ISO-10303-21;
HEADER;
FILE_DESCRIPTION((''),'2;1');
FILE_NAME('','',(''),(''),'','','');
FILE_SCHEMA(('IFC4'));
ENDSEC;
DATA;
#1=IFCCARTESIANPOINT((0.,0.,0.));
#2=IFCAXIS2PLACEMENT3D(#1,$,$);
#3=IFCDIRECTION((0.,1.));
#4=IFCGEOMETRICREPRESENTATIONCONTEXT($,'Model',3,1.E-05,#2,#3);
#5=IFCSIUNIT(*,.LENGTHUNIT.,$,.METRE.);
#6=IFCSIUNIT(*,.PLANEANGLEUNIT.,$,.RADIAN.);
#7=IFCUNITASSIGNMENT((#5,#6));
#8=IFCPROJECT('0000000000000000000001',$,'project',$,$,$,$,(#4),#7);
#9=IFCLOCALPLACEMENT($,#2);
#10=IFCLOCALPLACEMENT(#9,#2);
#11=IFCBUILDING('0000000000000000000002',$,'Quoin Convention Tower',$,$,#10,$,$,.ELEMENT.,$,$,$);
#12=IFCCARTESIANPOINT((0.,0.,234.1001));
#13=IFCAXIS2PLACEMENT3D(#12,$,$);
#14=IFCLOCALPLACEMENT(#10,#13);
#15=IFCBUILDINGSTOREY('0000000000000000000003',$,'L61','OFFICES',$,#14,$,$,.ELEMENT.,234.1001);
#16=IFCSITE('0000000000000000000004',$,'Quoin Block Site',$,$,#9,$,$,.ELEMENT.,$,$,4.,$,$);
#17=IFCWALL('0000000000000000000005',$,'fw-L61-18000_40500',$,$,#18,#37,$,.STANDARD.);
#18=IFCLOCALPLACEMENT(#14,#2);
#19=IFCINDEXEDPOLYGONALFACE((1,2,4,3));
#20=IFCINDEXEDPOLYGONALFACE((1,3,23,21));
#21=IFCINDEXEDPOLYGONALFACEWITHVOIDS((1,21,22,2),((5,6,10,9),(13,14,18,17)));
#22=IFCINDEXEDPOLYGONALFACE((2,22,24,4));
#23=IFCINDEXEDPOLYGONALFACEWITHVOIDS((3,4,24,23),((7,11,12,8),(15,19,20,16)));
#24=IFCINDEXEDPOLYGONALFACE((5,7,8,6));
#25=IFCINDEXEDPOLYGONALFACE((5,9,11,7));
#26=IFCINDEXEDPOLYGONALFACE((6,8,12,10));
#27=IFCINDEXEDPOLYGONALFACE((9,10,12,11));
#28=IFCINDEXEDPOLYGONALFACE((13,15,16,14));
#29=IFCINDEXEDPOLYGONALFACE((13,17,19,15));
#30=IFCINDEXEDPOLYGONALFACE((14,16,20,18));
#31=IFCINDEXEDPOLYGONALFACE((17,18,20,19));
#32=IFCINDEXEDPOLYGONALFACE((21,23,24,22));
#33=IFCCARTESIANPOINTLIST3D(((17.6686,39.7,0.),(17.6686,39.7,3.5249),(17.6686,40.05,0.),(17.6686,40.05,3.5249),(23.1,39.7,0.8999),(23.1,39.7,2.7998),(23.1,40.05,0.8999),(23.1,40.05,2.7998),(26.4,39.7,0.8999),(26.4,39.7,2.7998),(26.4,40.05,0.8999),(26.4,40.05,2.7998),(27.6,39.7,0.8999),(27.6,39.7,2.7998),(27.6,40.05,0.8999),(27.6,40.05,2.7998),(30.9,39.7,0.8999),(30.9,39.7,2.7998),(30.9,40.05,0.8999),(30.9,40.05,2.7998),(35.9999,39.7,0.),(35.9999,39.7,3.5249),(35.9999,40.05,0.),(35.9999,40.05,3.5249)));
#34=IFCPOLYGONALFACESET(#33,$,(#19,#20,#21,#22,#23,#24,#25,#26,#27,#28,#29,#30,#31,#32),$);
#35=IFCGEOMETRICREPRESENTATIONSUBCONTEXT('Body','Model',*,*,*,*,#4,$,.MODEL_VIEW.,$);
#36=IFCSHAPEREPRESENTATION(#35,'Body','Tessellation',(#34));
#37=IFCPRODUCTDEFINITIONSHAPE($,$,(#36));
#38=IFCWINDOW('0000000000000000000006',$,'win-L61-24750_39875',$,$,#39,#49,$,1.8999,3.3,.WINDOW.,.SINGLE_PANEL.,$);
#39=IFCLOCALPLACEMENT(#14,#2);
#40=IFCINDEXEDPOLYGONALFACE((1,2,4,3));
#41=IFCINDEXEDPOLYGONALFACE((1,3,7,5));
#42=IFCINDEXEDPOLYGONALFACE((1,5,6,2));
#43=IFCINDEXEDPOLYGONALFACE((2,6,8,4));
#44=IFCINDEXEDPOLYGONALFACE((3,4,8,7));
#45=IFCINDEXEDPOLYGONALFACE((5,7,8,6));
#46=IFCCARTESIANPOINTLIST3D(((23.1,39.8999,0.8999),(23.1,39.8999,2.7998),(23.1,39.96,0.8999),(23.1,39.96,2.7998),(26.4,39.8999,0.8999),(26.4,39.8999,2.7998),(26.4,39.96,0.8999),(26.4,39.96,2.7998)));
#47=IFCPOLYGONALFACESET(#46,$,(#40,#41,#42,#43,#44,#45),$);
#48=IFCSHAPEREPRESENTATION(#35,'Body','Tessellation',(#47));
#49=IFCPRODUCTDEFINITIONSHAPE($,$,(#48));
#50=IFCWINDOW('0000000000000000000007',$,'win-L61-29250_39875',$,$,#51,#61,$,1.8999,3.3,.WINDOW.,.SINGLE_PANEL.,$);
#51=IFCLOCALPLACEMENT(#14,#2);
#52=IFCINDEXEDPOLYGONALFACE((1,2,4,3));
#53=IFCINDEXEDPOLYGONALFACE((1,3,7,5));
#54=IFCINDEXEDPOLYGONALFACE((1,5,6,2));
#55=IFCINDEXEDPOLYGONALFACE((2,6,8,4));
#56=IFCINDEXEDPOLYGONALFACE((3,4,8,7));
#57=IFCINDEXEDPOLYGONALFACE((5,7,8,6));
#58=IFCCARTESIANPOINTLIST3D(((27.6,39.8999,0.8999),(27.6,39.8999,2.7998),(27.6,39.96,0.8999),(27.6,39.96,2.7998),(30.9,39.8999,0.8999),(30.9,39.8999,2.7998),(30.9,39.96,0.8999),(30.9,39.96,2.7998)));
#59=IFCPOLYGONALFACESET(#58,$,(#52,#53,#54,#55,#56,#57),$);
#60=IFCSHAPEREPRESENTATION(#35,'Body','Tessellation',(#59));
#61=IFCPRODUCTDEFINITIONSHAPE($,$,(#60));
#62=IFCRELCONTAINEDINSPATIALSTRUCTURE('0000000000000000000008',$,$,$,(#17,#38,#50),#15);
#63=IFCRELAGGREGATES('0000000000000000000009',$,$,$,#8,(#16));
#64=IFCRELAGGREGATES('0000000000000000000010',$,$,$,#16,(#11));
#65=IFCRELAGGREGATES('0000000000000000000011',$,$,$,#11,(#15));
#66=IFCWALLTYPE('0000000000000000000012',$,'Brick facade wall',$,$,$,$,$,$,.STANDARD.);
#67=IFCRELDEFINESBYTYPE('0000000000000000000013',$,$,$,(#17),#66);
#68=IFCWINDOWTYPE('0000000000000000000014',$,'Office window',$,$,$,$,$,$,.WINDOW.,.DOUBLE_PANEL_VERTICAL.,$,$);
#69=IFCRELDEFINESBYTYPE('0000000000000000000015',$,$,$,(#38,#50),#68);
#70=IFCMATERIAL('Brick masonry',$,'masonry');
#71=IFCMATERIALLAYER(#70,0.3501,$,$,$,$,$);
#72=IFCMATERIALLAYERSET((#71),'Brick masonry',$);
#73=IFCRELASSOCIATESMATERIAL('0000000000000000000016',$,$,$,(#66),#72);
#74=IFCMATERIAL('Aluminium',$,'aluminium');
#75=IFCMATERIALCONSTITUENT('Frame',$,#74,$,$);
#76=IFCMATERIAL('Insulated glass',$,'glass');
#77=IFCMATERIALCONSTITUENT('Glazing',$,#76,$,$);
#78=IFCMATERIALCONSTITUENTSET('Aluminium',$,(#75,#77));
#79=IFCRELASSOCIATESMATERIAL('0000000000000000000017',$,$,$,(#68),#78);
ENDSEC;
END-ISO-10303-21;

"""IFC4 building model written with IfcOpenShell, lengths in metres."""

from ifc_helpers import new_model, si_unit, direction, frame, frame_2d, origin, place, context, subcontext, project, spatial, rectangle, extrude, material, layer, layer_set, constituent, constituent_set, type_object, element, fill, save


model = new_model("IFC4")

# Units and contexts
model_context = context("Model", 3, precision=1e-05, world=origin(), true_north=direction((0.0, 1.0)))
body_context = subcontext(model_context, "Body", "Model", "MODEL_VIEW")
ifc_project = project(units=[si_unit("LENGTHUNIT", "METRE"), si_unit("PLANEANGLEUNIT", "RADIAN")], contexts=[model_context])

# Site, building, storey
site_placement = place(None, origin())
site = spatial("IfcSite", under=ifc_project, at=site_placement, Name="Quoin Block Site", CompositionType="ELEMENT", RefElevation=4.0)
building_placement = place(site_placement, origin())
building = spatial("IfcBuilding", under=site, at=building_placement, Name="Quoin Convention Tower", CompositionType="ELEMENT")
storey_placement = place(building_placement, frame((0.0, 0.0, 234.1001)))
storey = spatial("IfcBuildingStorey", under=building, at=storey_placement, Name="L61", Description="OFFICES", CompositionType="ELEMENT", Elevation=234.1001)

# Wall, openings, windows
ifc_material_1 = material(Name="Brick masonry", Category="masonry")
ifc_layer_1 = layer(ifc_material_1, 0.3501)
ifc_layer_set_1 = layer_set([ifc_layer_1], Name="Brick masonry")
wall_type = type_object("IfcWallType", Name="Brick facade wall", PredefinedType="STANDARD", material=ifc_layer_set_1)
ifc_material_2 = material(Name="Aluminium", Category="aluminium")
ifc_constituent_1 = constituent(ifc_material_2, Name="Frame")
ifc_material_3 = material(Name="Insulated glass", Category="glass")
ifc_constituent_2 = constituent(ifc_material_3, Name="Glazing")
ifc_constituent_set = constituent_set(constituents=[ifc_constituent_1, ifc_constituent_2], Name="Aluminium")
window_type = type_object("IfcWindowType", Name="Office window", PartitioningType="DOUBLE_PANEL_VERTICAL", PredefinedType="WINDOW", material=ifc_constituent_set)
wall_1_placement = place(storey_placement, frame((17.6687, 39.875, 0.0), z_axis=(0.0, 0.0, 1.0), x_axis=(1.0, 0.0, 0.0)))
wall_1 = element("IfcWall", 1, at=wall_1_placement, inside=storey, type_object=wall_type, Name="fw-L61-18000_40500", PredefinedType="STANDARD", context=body_context, shape_type="SweptSolid", body=[
    extrude(rectangle(XDim=18.3313, YDim=0.3501, at=frame_2d((9.1655, 0.0))), origin(), (0.0, 0.0, 1.0), 3.5249),
])
opening_1_placement = place(wall_1_placement, frame((5.4314, 0.0, 0.8999)))
opening_1 = element("IfcOpeningElement", 2, at=opening_1_placement, cuts=wall_1, PredefinedType="OPENING", context=body_context, shape_type="SweptSolid", body=[
    extrude(rectangle(XDim=3.3, YDim=1.8999, at=frame_2d((1.6499, 0.95))), frame((0.0, 0.1851, 0.0), z_axis=(0.0, -1.0, 0.0), x_axis=(1.0, 0.0, 0.0)), (0.0, 0.0, 1.0), 0.3701),
])
opening_2_placement = place(wall_1_placement, frame((9.9314, 0.0, 0.8999)))
opening_2 = element("IfcOpeningElement", 3, at=opening_2_placement, cuts=wall_1, PredefinedType="OPENING", context=body_context, shape_type="SweptSolid", body=[
    extrude(rectangle(XDim=3.3, YDim=1.8999, at=frame_2d((1.6499, 0.95))), frame((0.0, 0.1851, 0.0), z_axis=(0.0, -1.0, 0.0), x_axis=(1.0, 0.0, 0.0)), (0.0, 0.0, 1.0), 0.3701),
])
window_1_placement = place(opening_1_placement, origin())
window_1 = element("IfcWindow", 4, at=window_1_placement, inside=storey, type_object=window_type, Name="win-L61-24750_39875", OverallHeight=1.8999, OverallWidth=3.3, PartitioningType="SINGLE_PANEL", PredefinedType="WINDOW", context=body_context, shape_type="SweptSolid", body=[
    extrude(rectangle(XDim=3.3, YDim=1.8999, at=frame_2d((1.6499, 0.95))), frame((0.0, 0.085, 0.0), z_axis=(0.0, -1.0, 0.0), x_axis=(1.0, 0.0, 0.0)), (0.0, 0.0, 1.0), 0.0601),
])
fill(opening_1, window_1)
window_2_placement = place(opening_2_placement, origin())
window_2 = element("IfcWindow", 5, at=window_2_placement, inside=storey, type_object=window_type, Name="win-L61-29250_39875", OverallHeight=1.8999, OverallWidth=3.3, PartitioningType="SINGLE_PANEL", PredefinedType="WINDOW", context=body_context, shape_type="SweptSolid", body=[
    extrude(rectangle(XDim=3.3, YDim=1.8999, at=frame_2d((1.6499, 0.95))), frame((0.0, 0.085, 0.0), z_axis=(0.0, -1.0, 0.0), x_axis=(1.0, 0.0, 0.0)), (0.0, 0.0, 1.0), 0.0601),
])
fill(opening_2, window_2)

save(model, "model.ifc")
